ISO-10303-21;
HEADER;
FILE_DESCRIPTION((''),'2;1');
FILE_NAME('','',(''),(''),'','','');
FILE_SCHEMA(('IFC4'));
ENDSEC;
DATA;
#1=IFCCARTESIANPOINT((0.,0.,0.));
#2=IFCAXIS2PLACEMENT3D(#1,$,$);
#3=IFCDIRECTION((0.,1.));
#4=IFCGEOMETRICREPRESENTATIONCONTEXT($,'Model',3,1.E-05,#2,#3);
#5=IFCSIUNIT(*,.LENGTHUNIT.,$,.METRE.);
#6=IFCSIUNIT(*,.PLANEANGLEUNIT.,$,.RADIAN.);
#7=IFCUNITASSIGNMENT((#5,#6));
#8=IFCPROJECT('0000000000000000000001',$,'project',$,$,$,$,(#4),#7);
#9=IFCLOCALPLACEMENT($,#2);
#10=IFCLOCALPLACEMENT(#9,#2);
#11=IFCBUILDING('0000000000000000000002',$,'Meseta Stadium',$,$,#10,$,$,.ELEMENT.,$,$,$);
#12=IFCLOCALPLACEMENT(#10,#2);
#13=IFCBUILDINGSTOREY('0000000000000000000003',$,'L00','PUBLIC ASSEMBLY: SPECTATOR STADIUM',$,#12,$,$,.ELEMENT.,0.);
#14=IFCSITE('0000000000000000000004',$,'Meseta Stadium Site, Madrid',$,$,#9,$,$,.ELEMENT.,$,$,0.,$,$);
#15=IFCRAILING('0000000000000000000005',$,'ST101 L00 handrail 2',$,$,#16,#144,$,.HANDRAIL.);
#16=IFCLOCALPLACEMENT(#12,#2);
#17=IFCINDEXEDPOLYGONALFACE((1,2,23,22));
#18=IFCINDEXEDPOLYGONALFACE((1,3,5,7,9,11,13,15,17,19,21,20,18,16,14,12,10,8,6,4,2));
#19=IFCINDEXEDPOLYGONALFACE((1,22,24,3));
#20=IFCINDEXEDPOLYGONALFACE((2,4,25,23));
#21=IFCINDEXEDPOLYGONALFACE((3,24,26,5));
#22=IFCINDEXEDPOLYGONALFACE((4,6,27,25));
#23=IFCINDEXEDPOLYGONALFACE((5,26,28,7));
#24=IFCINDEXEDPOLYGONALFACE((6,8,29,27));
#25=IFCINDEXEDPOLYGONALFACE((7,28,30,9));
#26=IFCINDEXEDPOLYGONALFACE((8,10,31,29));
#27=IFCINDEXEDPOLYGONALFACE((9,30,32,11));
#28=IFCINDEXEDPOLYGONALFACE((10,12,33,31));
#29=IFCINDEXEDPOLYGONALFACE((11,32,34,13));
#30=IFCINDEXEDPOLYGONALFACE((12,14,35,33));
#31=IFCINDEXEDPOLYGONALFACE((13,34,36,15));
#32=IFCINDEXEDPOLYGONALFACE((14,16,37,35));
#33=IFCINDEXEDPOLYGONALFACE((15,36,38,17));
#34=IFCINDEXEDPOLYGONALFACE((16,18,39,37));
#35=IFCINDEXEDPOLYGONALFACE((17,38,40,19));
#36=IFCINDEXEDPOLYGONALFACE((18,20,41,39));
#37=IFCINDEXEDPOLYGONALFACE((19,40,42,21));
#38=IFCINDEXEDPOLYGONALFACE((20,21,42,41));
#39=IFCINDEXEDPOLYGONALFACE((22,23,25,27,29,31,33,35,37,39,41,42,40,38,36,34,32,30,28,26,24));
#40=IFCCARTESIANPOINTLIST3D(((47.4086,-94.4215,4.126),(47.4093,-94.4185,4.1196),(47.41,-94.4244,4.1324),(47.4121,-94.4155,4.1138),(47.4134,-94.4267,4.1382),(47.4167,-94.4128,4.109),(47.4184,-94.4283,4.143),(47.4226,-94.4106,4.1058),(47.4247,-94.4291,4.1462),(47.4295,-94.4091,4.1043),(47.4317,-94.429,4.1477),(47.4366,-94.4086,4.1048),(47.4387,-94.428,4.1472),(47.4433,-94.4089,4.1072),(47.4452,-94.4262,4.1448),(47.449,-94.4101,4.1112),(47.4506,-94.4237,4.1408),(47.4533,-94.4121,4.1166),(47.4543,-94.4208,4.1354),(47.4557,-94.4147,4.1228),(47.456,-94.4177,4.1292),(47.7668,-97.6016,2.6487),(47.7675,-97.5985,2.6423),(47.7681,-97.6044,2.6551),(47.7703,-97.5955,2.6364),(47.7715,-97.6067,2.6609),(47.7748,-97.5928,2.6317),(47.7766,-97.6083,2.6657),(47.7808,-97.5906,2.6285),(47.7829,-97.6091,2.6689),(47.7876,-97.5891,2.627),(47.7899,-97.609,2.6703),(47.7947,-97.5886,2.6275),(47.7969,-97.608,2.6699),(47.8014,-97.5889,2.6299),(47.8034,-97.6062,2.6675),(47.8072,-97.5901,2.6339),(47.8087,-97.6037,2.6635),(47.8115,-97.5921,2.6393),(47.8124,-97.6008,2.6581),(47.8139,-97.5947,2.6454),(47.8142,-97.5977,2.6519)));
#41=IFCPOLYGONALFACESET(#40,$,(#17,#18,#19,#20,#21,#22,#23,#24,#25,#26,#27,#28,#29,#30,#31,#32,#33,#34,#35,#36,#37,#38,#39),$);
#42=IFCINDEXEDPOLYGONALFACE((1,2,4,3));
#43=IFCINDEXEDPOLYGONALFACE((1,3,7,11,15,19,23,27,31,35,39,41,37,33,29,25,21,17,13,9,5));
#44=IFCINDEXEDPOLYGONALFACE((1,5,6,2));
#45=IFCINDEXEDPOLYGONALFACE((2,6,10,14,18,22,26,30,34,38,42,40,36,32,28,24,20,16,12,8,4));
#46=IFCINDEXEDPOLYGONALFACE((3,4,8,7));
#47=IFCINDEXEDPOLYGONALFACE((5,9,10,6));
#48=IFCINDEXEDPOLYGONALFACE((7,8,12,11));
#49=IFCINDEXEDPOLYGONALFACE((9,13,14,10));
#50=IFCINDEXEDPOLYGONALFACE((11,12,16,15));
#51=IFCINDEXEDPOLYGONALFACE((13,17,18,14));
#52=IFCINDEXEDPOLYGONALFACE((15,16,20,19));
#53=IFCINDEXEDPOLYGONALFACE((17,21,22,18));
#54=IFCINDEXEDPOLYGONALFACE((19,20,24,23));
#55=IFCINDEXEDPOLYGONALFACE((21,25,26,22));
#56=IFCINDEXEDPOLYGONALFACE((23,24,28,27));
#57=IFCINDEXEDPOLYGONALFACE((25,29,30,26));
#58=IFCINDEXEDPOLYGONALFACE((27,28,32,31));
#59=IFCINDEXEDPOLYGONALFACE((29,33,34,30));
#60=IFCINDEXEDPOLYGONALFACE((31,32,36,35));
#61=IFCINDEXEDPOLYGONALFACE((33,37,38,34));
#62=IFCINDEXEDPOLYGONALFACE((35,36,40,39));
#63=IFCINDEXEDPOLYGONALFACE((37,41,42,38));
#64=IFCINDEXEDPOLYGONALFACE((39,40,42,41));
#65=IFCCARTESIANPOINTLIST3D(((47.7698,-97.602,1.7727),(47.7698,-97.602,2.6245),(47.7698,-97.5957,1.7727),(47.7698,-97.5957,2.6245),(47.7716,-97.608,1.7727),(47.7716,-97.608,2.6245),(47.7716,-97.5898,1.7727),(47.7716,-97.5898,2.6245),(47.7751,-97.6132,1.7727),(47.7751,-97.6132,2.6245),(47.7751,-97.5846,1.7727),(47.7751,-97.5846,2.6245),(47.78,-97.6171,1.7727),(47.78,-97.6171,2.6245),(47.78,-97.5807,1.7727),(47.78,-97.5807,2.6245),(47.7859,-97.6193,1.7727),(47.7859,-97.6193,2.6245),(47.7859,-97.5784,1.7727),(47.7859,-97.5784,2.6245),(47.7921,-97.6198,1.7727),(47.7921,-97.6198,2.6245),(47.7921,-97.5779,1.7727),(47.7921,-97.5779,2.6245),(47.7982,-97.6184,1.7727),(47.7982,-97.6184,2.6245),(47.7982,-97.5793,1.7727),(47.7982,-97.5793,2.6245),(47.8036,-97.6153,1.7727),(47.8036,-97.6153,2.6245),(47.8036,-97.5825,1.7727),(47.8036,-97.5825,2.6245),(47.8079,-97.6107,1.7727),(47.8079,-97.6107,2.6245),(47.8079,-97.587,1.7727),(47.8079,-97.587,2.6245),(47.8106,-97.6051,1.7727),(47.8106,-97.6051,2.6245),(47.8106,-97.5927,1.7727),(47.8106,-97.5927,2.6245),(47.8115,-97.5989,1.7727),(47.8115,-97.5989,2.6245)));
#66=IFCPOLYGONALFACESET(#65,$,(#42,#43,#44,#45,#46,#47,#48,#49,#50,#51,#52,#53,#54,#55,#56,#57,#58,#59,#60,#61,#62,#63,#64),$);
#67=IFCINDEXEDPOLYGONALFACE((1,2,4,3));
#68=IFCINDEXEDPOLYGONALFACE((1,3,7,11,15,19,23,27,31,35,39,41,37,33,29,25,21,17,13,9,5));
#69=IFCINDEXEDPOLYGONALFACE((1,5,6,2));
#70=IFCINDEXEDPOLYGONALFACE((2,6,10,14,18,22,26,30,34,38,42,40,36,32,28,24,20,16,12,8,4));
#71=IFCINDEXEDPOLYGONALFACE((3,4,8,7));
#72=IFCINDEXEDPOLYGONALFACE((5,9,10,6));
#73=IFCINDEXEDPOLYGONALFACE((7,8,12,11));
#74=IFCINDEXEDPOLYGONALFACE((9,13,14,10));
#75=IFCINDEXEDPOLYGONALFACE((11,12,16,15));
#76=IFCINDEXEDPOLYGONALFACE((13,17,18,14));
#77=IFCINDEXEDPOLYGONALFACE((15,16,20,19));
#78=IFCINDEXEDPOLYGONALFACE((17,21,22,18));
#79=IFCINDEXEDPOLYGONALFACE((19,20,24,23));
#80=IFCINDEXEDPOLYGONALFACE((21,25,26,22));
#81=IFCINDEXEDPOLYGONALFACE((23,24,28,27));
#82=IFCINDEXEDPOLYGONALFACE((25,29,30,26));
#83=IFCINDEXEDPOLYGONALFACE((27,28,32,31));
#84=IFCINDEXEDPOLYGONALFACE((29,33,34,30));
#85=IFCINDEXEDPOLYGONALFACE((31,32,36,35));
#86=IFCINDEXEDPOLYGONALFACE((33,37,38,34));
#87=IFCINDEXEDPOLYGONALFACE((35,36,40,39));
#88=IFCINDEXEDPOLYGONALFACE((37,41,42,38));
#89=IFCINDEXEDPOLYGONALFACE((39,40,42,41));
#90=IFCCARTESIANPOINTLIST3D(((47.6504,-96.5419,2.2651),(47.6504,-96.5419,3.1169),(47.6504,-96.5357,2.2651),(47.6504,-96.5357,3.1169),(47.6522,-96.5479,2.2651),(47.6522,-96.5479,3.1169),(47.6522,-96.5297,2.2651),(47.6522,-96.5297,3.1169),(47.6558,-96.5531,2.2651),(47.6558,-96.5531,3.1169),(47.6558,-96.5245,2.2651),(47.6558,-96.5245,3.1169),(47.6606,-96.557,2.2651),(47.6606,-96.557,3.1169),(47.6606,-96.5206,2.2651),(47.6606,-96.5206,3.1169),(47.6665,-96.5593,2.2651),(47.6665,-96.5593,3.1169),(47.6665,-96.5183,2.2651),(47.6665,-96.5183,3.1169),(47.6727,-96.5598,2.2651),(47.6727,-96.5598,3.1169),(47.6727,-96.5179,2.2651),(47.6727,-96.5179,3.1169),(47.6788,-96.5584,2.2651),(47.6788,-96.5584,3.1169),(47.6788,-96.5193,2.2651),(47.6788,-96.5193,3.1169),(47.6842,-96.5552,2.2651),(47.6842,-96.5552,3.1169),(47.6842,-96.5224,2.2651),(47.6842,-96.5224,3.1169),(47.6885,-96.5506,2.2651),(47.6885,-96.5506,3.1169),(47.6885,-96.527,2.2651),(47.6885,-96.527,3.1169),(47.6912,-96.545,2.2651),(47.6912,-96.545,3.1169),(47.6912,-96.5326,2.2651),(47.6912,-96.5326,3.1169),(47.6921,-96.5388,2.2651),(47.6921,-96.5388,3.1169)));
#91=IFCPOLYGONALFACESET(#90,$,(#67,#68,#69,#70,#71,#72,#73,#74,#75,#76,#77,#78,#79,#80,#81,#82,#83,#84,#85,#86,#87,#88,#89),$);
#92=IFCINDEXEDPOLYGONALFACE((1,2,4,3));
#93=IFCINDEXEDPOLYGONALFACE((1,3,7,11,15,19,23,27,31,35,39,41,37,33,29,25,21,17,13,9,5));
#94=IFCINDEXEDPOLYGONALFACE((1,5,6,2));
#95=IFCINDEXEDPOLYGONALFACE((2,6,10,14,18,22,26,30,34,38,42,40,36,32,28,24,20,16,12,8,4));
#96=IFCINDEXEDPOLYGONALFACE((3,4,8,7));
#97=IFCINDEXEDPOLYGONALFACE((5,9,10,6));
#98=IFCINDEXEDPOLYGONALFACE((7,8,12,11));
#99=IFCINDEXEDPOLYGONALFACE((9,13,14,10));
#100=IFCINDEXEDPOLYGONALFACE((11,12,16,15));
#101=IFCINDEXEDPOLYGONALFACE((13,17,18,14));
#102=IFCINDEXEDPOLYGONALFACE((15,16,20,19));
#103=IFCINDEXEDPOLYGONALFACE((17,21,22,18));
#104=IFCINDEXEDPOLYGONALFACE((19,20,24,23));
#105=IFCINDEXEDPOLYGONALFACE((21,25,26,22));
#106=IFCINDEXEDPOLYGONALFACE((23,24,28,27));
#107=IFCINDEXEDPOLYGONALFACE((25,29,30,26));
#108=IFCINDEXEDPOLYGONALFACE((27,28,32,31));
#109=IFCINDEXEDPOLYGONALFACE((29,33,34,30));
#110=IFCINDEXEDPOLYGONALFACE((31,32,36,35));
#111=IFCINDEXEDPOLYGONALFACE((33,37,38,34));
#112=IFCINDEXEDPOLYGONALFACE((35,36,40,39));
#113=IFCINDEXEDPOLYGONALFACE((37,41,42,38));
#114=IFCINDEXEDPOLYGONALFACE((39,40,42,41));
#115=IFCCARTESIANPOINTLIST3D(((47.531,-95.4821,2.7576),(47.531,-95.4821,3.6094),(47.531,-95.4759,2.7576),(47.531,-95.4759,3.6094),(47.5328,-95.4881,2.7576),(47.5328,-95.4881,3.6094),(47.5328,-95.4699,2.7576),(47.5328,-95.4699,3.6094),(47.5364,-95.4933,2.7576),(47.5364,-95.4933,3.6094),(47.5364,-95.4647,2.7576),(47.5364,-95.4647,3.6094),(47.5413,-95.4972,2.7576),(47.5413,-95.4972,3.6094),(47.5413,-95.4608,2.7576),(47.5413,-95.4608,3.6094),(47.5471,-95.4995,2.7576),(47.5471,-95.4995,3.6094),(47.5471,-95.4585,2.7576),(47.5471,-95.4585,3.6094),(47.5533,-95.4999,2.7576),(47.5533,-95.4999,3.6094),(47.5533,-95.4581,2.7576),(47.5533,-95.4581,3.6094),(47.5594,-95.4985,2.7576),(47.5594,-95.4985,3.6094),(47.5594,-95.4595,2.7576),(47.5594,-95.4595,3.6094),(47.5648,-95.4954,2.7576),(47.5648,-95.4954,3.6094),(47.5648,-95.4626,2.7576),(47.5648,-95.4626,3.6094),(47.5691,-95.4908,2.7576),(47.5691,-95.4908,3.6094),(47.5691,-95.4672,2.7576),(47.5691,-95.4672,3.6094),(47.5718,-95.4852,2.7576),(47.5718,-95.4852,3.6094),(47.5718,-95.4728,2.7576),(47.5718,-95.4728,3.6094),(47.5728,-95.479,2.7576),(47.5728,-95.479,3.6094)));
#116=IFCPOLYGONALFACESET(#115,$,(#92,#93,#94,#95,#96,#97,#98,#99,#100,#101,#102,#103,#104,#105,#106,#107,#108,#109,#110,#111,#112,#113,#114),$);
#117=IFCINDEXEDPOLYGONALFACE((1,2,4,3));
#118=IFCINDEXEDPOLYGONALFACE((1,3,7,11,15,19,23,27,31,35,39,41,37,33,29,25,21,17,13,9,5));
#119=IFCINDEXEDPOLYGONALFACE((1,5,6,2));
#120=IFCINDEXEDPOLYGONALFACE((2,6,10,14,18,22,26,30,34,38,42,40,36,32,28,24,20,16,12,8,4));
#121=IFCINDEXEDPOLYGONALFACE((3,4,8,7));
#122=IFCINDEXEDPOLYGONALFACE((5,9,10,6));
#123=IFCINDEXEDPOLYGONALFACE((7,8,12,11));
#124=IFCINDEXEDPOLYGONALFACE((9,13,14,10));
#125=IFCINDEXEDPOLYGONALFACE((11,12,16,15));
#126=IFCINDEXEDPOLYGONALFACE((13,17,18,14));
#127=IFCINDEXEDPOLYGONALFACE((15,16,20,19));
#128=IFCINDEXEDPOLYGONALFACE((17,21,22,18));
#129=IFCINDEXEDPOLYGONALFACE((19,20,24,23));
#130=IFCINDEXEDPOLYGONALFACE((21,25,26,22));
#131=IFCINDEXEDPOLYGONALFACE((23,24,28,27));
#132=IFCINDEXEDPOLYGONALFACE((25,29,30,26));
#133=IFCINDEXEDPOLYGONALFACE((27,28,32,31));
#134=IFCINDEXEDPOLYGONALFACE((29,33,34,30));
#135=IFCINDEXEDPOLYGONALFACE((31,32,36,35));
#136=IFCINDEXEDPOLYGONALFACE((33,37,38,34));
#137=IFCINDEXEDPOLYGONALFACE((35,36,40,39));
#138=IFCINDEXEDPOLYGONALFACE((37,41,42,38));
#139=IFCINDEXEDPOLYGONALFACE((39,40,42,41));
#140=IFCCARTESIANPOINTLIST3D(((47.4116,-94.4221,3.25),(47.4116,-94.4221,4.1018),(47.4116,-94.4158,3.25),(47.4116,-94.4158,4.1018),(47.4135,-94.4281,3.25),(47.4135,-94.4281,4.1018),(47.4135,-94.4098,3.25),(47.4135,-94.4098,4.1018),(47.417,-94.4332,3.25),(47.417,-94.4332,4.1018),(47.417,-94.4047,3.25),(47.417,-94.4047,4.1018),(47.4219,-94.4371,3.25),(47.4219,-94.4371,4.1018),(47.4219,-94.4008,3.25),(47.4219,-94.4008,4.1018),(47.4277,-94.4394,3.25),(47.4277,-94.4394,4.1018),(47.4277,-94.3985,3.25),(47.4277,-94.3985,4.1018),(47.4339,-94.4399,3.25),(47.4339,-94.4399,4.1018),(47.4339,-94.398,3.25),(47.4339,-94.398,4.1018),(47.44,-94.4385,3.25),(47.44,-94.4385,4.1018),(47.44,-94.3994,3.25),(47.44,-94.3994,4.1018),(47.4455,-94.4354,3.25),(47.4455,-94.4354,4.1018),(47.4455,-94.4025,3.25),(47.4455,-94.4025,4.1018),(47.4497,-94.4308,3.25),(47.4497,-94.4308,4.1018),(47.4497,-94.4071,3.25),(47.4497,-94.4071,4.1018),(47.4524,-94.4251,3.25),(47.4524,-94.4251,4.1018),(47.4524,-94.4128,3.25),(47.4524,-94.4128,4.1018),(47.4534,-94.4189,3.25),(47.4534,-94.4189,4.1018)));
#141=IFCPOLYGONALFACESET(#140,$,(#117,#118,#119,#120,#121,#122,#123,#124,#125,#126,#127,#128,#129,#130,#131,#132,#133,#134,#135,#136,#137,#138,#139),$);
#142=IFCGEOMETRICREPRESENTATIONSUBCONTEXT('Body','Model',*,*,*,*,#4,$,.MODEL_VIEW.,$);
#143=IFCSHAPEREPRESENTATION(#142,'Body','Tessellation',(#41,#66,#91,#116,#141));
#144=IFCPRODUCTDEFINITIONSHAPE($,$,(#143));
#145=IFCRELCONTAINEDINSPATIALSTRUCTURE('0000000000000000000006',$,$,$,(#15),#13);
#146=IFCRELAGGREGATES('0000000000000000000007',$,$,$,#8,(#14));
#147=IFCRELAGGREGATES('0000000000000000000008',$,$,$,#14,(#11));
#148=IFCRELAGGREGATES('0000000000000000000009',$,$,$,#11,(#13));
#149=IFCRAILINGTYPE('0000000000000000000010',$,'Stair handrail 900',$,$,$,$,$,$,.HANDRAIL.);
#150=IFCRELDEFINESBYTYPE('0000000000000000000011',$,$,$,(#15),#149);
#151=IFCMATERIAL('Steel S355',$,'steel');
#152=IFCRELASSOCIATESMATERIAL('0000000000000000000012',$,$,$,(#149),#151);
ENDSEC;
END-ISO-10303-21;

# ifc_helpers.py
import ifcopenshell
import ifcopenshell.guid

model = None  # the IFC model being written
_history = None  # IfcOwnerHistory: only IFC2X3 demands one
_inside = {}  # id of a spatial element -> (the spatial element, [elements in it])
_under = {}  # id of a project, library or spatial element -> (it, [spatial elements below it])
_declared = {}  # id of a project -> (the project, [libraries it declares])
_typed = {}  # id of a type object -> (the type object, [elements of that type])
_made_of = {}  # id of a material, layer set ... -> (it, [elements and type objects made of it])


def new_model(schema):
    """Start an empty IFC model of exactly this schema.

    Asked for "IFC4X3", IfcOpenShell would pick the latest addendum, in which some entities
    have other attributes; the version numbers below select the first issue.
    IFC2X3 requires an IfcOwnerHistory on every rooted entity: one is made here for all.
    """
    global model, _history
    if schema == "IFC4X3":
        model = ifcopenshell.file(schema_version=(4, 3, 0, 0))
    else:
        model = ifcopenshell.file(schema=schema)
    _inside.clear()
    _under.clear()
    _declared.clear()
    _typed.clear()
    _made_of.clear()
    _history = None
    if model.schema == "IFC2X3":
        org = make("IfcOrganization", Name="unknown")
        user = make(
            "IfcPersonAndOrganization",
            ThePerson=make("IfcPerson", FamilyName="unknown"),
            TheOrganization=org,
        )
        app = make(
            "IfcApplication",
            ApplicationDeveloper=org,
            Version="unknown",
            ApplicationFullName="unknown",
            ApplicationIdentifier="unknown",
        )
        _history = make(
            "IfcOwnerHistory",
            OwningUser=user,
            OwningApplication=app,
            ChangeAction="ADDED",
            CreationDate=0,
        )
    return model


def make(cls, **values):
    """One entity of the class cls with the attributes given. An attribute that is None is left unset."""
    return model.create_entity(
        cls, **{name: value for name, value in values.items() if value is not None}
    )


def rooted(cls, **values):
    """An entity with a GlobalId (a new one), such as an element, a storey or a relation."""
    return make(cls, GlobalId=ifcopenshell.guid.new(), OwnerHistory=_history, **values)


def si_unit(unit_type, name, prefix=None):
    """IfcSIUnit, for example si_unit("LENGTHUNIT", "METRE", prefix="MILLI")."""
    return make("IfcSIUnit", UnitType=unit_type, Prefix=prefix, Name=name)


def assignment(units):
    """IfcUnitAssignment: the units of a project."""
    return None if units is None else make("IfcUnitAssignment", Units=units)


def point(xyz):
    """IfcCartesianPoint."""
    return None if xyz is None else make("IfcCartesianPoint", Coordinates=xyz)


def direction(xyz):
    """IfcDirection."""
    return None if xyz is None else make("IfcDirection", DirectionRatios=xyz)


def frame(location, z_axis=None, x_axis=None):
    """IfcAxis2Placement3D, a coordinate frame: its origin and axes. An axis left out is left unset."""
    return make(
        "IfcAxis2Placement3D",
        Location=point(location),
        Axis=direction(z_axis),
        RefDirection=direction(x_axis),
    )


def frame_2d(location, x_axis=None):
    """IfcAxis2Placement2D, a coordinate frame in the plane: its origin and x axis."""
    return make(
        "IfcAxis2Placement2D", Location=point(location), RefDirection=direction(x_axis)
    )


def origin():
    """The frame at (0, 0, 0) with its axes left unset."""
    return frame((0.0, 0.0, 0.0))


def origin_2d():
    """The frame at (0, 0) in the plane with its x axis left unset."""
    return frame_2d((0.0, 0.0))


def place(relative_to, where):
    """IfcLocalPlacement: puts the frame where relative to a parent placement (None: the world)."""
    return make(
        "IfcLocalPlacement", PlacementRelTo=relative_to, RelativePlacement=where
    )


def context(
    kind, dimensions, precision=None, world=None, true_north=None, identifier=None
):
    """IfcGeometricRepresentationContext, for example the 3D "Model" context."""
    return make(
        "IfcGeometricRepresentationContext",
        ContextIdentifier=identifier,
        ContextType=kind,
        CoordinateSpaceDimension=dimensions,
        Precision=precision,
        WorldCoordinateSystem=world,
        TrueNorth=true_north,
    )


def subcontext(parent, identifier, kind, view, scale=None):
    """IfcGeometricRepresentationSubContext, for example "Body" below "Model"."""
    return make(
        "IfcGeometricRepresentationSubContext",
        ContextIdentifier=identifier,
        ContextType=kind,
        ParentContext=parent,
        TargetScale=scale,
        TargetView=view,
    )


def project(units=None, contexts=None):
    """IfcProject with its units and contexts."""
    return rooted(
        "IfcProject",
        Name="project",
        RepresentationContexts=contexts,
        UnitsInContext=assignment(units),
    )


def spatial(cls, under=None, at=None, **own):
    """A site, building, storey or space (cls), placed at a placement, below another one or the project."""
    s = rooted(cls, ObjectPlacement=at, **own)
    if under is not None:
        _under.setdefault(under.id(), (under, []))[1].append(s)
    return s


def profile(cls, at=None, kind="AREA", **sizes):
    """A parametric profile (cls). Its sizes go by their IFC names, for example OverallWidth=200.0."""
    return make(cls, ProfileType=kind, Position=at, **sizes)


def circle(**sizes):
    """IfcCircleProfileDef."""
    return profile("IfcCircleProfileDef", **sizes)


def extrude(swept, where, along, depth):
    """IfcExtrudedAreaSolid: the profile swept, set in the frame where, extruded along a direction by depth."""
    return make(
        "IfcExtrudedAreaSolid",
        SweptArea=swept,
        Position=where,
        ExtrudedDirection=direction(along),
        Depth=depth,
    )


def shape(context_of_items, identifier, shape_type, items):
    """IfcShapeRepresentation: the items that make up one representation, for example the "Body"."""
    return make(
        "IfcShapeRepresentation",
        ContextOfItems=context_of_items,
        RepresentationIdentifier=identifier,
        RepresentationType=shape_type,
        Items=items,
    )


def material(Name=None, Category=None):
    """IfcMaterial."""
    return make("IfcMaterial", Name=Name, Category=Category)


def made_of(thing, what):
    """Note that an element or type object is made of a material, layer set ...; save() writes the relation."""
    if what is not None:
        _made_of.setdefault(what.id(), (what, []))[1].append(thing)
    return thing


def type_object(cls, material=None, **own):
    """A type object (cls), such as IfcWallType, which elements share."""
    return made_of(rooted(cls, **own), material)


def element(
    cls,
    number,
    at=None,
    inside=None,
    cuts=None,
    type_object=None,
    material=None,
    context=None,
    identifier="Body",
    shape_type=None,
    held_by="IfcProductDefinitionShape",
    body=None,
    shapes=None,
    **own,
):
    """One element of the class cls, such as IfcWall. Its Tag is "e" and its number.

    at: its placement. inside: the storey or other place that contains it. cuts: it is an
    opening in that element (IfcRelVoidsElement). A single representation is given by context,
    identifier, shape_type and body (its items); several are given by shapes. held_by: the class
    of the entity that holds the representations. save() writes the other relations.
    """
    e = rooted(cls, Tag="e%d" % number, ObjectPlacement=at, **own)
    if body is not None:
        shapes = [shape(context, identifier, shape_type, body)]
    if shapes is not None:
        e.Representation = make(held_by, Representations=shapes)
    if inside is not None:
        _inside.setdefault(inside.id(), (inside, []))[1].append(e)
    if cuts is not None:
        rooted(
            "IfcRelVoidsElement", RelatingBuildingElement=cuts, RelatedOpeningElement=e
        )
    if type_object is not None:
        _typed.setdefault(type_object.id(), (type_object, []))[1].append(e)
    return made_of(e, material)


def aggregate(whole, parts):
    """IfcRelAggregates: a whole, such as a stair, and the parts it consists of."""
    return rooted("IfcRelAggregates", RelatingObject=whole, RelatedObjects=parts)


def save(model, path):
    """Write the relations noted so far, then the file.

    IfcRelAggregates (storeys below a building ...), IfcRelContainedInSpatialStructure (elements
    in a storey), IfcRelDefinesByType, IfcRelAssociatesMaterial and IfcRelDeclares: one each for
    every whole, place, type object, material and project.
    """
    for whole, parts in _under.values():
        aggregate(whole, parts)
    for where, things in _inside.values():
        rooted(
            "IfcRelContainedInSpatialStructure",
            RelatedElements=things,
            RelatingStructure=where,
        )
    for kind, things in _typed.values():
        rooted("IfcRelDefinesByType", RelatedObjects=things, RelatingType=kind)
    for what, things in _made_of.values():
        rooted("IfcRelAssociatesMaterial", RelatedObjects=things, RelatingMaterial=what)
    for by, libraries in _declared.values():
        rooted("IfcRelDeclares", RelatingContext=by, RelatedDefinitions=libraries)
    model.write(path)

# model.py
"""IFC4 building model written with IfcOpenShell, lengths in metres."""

from ifc_helpers import new_model, si_unit, direction, frame, origin, origin_2d, place, context, subcontext, project, spatial, circle, extrude, material, type_object, element, save


model = new_model("IFC4")

# Units and contexts
model_context = context("Model", 3, precision=1e-05, world=origin(), true_north=direction((0.0, 1.0)))
body_context = subcontext(model_context, "Body", "Model", "MODEL_VIEW")
ifc_project = project(units=[si_unit("LENGTHUNIT", "METRE"), si_unit("PLANEANGLEUNIT", "RADIAN")], contexts=[model_context])

# Site, building, storey
site_placement = place(None, origin())
site = spatial("IfcSite", under=ifc_project, at=site_placement, Name="Meseta Stadium Site, Madrid", CompositionType="ELEMENT", RefElevation=0.0)
building_placement = place(site_placement, origin())
building = spatial("IfcBuilding", under=site, at=building_placement, Name="Meseta Stadium", CompositionType="ELEMENT")
storey_placement = place(building_placement, origin())
storey = spatial("IfcBuildingStorey", under=building, at=storey_placement, Name="L00", Description="PUBLIC ASSEMBLY: SPECTATOR STADIUM", CompositionType="ELEMENT", Elevation=0.0)

# Railing
ifc_material_1 = material(Name="Steel S355", Category="steel")
railing_type_1 = type_object("IfcRailingType", Name="Stair handrail 900", PredefinedType="HANDRAIL", material=ifc_material_1)
for number, where, name in (
    (1, (47.7905, -97.5989, 1.7727), "ST101 L00 handrail 2"),
):
    element("IfcRailing", number, at=place(storey_placement, frame(where)), inside=storey, type_object=railing_type_1, Name=name, PredefinedType="HANDRAIL", context=body_context, shape_type="SweptSolid", body=[
        extrude(circle(Radius=0.0239, at=origin_2d()), frame((0.0, 0.0, 0.876), z_axis=(-0.101616, 0.902217, 0.419141), x_axis=(-0.993717, -0.111922, 0.0)), (0.0, 0.0, 1.0), 3.5247),
        extrude(circle(Radius=0.021, at=origin_2d()), origin(), (0.0, 0.0, 1.0), 0.8518),
        extrude(circle(Radius=0.021, at=origin_2d()), frame((-0.1194, 1.0601, 0.4924)), (0.0, 0.0, 1.0), 0.8518),
        extrude(circle(Radius=0.021, at=origin_2d()), frame((-0.2388, 2.1199, 0.9849)), (0.0, 0.0, 1.0), 0.8518),
        extrude(circle(Radius=0.021, at=origin_2d()), frame((-0.3582, 3.1799, 1.4773)), (0.0, 0.0, 1.0), 0.8518),
    ])

save(model, "model.ifc")
